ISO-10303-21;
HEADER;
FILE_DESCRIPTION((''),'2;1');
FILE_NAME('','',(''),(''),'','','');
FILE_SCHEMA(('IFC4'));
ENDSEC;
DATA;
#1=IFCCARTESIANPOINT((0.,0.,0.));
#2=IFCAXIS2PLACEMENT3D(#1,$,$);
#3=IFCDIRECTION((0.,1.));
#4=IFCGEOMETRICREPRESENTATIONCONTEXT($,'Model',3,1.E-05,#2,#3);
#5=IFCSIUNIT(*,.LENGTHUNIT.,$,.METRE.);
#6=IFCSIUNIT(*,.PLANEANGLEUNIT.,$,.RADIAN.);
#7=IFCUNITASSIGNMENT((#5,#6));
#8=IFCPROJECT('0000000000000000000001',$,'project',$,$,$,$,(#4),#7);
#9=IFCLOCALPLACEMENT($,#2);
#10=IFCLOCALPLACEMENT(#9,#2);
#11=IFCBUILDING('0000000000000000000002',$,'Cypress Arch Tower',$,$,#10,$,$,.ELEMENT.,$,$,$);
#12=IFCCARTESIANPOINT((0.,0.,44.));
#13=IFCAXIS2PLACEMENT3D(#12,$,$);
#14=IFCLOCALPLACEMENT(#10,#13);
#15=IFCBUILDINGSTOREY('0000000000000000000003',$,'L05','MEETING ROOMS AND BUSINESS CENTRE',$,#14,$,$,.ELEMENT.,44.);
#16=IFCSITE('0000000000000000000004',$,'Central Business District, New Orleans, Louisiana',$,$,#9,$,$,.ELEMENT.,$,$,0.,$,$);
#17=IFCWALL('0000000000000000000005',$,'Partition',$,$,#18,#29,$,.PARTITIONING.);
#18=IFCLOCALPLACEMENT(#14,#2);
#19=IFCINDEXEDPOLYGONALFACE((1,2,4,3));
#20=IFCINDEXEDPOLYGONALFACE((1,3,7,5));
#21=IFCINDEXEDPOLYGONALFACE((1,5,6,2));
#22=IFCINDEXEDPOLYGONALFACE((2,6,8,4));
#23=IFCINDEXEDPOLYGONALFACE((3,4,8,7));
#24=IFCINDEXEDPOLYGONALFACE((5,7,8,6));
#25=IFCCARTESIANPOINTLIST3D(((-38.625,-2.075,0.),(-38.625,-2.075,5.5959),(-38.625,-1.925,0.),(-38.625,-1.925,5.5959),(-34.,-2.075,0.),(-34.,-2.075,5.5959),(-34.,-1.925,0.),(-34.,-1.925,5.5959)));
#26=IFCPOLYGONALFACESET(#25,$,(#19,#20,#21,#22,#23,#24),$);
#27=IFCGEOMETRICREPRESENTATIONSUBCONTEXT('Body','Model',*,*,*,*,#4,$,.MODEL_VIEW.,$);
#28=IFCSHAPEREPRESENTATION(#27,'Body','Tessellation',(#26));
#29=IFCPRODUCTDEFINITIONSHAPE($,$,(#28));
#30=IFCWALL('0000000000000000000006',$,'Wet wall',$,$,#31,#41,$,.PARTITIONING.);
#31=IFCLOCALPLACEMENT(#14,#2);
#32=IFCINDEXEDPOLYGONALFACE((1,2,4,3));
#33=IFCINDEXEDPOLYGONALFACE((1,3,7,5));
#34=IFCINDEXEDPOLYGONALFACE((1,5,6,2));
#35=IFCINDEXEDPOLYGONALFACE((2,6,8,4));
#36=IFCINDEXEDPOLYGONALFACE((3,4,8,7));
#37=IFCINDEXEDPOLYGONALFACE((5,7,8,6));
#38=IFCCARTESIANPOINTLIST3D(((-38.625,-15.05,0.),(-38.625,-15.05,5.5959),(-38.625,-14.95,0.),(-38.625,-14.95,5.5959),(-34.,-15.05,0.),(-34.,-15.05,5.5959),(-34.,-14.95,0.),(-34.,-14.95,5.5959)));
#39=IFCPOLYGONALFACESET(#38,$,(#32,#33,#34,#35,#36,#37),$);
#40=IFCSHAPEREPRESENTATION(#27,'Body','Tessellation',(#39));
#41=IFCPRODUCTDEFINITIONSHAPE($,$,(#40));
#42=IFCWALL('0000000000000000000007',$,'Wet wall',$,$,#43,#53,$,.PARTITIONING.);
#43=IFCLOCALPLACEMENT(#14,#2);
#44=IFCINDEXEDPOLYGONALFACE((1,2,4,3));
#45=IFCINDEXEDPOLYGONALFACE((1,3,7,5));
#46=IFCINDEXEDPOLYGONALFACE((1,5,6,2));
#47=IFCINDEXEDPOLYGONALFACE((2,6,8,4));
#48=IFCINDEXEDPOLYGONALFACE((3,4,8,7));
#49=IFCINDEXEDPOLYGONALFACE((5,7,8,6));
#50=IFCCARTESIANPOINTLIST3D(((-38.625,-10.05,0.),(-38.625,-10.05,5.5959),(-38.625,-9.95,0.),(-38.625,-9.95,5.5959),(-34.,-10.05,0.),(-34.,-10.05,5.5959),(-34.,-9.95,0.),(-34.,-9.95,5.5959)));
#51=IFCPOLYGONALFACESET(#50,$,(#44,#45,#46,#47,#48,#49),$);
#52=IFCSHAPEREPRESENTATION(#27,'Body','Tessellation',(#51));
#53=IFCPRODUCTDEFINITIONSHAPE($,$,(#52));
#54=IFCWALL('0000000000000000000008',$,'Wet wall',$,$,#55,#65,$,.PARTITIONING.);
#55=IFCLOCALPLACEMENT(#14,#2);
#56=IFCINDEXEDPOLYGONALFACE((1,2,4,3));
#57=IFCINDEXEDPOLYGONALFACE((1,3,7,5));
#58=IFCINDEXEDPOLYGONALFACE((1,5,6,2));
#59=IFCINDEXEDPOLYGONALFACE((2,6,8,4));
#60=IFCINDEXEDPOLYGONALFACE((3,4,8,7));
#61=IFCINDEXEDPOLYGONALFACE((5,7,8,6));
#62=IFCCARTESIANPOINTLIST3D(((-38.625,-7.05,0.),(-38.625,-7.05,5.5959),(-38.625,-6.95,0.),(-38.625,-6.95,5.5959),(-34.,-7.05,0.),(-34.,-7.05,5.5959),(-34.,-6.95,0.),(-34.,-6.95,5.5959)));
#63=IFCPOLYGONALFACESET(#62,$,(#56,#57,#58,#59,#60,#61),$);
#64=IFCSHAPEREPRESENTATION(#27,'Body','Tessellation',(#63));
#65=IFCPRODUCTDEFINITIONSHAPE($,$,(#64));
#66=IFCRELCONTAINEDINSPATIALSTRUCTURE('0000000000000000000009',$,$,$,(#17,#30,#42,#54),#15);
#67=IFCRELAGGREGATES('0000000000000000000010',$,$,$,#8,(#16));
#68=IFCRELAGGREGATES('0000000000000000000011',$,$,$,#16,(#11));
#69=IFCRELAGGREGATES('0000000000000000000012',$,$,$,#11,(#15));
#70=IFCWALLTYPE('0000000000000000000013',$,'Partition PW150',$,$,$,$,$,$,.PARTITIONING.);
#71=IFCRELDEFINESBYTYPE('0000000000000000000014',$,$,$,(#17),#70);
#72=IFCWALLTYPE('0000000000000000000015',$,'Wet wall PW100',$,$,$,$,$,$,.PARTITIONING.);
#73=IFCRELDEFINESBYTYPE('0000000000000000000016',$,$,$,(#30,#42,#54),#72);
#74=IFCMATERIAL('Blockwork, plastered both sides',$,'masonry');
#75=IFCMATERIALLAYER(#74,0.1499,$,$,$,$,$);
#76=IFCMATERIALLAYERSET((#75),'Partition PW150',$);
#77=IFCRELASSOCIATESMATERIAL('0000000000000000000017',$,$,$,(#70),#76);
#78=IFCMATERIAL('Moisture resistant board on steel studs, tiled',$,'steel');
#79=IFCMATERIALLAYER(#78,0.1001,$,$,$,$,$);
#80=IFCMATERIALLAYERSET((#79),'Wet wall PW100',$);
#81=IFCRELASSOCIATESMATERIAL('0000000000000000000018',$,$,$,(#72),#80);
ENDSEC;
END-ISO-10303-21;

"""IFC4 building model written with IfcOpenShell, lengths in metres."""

from ifc_helpers import new_model, si_unit, direction, frame, frame_2d, origin, place, context, subcontext, project, spatial, rectangle, extrude, material, layer, layer_set, type_object, element, save


model = new_model("IFC4")

# Units and contexts
model_context = context("Model", 3, precision=1e-05, world=origin(), true_north=direction((0.0, 1.0)))
body_context = subcontext(model_context, "Body", "Model", "MODEL_VIEW")
ifc_project = project(units=[si_unit("LENGTHUNIT", "METRE"), si_unit("PLANEANGLEUNIT", "RADIAN")], contexts=[model_context])

# Site, building, storey
site_placement = place(None, origin())
site = spatial("IfcSite", under=ifc_project, at=site_placement, Name="Central Business District, New Orleans, Louisiana", CompositionType="ELEMENT", RefElevation=0.0)
building_placement = place(site_placement, origin())
building = spatial("IfcBuilding", under=site, at=building_placement, Name="Cypress Arch Tower", CompositionType="ELEMENT")
storey_placement = place(building_placement, frame((0.0, 0.0, 44.0)))
storey = spatial("IfcBuildingStorey", under=building, at=storey_placement, Name="L05", Description="MEETING ROOMS AND BUSINESS CENTRE", CompositionType="ELEMENT", Elevation=44.0)

# Walls
ifc_material_1 = material(Name="Blockwork, plastered both sides", Category="masonry")
ifc_layer_1 = layer(ifc_material_1, 0.1499)
ifc_layer_set_1 = layer_set([ifc_layer_1], Name="Partition PW150")
wall_type_1 = type_object("IfcWallType", Name="Partition PW150", PredefinedType="PARTITIONING", material=ifc_layer_set_1)
wall_1_placement = place(storey_placement, frame((-38.625, -2.0, 0.0), z_axis=(0.0, 0.0, 1.0), x_axis=(1.0, 0.0, 0.0)))
element("IfcWall", 1, at=wall_1_placement, inside=storey, type_object=wall_type_1, Name="Partition", PredefinedType="PARTITIONING", context=body_context, shape_type="SweptSolid", body=[
    extrude(rectangle(XDim=4.625, YDim=0.1499, at=frame_2d((2.3125, 0.0))), origin(), (0.0, 0.0, 1.0), 5.5959),
])
ifc_material_2 = material(Name="Moisture resistant board on steel studs, tiled", Category="steel")
ifc_layer_2 = layer(ifc_material_2, 0.1001)
ifc_layer_set_2 = layer_set([ifc_layer_2], Name="Wet wall PW100")
wall_type_2 = type_object("IfcWallType", Name="Wet wall PW100", PredefinedType="PARTITIONING", material=ifc_layer_set_2)
for number, where, z_axis, x_axis, name in (
    (2, (-38.625, -15.0, 0.0), (0.0, 0.0, 1.0), (1.0, 0.0, 0.0), "Wet wall"),
    (3, (-38.625, -10.0, 0.0), (0.0, 0.0, 1.0), (1.0, 0.0, 0.0), "Wet wall"),
    (4, (-38.625, -7.0, 0.0), (0.0, 0.0, 1.0), (1.0, 0.0, 0.0), "Wet wall"),
):
    element("IfcWall", number, at=place(storey_placement, frame(where, z_axis=z_axis, x_axis=x_axis)), inside=storey, type_object=wall_type_2, Name=name, PredefinedType="PARTITIONING", context=body_context, shape_type="SweptSolid", body=[
        extrude(rectangle(XDim=4.625, YDim=0.1001, at=frame_2d((2.3125, 0.0))), origin(), (0.0, 0.0, 1.0), 5.5959),
    ])

save(model, "model.ifc")
